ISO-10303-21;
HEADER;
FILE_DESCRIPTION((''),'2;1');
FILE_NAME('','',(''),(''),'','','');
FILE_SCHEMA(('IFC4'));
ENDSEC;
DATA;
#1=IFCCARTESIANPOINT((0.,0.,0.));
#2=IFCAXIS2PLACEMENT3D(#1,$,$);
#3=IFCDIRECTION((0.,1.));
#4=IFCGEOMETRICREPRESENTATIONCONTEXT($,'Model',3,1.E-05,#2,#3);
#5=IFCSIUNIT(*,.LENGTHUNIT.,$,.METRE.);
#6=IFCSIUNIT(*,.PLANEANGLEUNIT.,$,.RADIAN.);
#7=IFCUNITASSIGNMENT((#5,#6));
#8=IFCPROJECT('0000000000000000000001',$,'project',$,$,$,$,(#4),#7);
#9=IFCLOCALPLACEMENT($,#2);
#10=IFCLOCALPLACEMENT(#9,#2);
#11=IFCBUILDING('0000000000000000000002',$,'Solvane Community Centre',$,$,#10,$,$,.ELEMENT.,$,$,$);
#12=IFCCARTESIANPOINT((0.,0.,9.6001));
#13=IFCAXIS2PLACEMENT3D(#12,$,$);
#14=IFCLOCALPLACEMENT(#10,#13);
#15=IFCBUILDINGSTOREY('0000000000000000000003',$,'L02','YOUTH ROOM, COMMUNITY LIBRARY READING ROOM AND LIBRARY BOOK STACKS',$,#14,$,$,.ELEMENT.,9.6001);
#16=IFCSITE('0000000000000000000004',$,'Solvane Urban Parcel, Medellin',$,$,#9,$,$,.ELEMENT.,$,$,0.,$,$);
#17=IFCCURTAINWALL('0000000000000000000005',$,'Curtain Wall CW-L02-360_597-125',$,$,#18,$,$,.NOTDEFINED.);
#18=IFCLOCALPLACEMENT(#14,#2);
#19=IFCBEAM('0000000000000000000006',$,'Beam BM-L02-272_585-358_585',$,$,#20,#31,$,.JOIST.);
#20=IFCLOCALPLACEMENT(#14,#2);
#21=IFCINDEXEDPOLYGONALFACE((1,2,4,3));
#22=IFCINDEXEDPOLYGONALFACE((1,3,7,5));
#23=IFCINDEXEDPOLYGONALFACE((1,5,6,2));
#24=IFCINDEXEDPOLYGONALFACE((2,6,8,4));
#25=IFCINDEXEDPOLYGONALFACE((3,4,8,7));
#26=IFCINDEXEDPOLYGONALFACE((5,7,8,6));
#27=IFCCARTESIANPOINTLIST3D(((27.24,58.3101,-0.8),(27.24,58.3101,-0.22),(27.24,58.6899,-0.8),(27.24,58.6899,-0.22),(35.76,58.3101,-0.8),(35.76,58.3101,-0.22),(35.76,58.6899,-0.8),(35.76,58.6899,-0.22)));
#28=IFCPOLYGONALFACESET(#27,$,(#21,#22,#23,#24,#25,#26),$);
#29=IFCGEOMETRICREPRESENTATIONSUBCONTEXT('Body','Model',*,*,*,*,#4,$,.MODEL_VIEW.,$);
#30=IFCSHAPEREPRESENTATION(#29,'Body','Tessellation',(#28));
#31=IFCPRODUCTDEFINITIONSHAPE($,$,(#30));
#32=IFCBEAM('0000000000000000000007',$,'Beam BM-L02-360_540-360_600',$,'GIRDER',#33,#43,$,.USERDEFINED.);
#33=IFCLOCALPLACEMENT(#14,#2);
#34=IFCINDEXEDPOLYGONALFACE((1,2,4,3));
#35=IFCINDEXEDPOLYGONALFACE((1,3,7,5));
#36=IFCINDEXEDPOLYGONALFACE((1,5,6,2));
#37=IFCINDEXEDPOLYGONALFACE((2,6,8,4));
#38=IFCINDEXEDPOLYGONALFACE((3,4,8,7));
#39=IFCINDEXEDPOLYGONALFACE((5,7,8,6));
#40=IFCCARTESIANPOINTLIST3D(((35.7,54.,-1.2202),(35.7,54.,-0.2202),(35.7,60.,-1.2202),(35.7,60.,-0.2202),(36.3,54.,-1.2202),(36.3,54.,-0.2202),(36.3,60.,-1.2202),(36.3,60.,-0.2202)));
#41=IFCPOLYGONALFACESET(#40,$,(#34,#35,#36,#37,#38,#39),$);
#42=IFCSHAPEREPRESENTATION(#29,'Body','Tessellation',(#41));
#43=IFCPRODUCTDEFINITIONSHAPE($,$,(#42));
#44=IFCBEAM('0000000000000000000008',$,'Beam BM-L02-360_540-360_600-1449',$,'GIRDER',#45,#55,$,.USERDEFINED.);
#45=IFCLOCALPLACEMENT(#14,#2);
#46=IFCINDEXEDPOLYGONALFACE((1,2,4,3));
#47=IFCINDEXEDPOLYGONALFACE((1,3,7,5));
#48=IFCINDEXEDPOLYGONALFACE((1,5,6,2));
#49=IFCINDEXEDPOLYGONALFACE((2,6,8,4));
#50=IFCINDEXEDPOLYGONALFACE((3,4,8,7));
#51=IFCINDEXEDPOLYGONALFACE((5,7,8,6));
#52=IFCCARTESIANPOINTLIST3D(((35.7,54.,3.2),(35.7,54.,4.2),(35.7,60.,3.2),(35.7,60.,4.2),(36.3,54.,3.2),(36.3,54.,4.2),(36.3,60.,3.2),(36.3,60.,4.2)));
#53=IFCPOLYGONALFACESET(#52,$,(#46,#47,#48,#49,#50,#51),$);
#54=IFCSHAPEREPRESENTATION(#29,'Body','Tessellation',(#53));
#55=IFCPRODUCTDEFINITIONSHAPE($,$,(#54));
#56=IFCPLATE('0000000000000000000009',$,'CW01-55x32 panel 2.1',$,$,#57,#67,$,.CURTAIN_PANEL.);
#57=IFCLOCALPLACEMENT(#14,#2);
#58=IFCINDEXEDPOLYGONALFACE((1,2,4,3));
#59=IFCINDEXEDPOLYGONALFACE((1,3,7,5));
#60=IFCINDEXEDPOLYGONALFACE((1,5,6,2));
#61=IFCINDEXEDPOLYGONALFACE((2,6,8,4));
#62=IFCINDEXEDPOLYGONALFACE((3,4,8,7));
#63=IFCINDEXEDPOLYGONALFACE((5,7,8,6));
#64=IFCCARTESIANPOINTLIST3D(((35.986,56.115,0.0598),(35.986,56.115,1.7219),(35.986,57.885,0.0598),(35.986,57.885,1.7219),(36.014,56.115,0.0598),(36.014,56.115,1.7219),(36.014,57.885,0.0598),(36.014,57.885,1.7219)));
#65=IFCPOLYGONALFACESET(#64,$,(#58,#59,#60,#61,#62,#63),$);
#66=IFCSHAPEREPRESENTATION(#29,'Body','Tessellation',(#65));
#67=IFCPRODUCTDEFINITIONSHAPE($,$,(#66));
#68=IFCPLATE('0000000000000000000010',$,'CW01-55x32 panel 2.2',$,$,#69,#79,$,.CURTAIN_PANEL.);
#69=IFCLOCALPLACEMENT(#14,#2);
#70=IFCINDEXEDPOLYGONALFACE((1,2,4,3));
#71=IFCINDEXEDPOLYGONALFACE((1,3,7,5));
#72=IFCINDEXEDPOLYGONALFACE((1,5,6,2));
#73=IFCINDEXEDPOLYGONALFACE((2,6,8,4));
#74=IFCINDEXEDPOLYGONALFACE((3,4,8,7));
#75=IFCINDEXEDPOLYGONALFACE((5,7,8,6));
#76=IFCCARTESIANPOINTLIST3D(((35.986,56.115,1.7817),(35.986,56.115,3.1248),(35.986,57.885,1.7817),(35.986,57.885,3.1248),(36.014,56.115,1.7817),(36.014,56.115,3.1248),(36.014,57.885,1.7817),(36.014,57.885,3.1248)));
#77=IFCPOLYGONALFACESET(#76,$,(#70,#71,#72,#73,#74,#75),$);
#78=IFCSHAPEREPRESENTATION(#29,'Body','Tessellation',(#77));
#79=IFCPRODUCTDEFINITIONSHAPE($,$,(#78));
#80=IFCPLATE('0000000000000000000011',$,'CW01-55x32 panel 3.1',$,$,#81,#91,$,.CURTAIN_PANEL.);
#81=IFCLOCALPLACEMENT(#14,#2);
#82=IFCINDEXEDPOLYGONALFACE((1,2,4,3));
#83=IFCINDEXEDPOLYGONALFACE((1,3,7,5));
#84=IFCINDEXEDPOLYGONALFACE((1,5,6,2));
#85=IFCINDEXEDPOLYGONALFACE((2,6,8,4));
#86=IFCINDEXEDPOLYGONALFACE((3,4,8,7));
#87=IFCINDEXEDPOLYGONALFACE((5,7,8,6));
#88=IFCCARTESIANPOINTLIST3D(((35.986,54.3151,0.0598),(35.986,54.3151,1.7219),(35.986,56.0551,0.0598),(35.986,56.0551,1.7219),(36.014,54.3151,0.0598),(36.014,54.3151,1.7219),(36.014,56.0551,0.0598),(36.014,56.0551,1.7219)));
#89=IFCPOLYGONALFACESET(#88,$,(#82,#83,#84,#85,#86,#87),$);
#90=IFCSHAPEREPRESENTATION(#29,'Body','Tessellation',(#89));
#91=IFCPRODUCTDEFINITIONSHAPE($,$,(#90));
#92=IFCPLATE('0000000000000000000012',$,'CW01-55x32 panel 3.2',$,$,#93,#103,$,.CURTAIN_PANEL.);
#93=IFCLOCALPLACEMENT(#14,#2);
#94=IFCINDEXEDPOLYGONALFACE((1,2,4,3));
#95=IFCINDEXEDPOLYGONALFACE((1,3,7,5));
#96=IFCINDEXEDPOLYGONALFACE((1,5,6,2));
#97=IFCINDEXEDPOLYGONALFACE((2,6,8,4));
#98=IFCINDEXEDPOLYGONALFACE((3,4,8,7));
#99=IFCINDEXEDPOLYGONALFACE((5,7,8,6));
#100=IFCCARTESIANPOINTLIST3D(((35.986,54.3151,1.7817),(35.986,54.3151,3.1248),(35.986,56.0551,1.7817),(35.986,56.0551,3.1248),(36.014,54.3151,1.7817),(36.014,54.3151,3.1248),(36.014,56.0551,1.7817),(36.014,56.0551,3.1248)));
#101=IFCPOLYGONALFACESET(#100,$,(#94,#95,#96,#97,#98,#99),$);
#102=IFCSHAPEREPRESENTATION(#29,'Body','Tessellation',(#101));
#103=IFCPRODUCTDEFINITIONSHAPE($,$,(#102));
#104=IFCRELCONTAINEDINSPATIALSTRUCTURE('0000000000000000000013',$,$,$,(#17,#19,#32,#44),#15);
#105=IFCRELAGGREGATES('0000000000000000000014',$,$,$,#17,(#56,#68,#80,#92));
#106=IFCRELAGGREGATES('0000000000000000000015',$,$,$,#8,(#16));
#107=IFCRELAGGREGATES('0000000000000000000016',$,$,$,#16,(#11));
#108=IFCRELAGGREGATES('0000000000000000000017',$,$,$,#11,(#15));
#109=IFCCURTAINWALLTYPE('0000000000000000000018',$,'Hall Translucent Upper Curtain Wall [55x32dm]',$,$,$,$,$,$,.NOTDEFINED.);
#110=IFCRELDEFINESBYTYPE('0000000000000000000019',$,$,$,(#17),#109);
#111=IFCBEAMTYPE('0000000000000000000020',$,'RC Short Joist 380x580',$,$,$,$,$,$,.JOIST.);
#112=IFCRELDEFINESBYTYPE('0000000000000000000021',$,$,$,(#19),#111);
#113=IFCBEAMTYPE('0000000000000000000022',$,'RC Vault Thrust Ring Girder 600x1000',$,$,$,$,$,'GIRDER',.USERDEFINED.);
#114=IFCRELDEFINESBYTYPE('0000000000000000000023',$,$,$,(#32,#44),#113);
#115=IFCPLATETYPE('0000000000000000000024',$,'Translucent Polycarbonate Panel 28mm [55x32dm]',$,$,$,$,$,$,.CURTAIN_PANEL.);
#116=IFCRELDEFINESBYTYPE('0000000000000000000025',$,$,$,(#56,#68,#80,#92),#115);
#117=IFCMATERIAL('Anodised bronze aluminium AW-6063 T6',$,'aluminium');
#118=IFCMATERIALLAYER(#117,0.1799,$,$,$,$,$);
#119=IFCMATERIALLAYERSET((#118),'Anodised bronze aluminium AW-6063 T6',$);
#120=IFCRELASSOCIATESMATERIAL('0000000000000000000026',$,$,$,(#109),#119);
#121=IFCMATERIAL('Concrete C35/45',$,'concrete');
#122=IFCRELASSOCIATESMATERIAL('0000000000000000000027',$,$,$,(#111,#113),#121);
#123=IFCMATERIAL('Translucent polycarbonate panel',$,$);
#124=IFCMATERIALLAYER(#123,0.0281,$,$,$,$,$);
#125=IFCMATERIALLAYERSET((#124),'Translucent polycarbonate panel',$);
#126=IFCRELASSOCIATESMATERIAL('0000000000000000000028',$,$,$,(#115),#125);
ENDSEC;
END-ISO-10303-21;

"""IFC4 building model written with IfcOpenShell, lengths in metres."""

from ifc_helpers import new_model, si_unit, direction, frame, origin, origin_2d, place, context, subcontext, project, spatial, rectangle, extrude, material, layer, layer_set, material_profile, profile_set, type_object, element, aggregate, save


model = new_model("IFC4")

# Units and contexts
model_context = context("Model", 3, precision=1e-05, world=origin(), true_north=direction((0.0, 1.0)))
body_context = subcontext(model_context, "Body", "Model", "MODEL_VIEW")
ifc_project = project(units=[si_unit("LENGTHUNIT", "METRE"), si_unit("PLANEANGLEUNIT", "RADIAN")], contexts=[model_context])

# Site, building, storey
site_placement = place(None, origin())
site = spatial("IfcSite", under=ifc_project, at=site_placement, Name="Solvane Urban Parcel, Medellin", CompositionType="ELEMENT", RefElevation=0.0)
building_placement = place(site_placement, origin())
building = spatial("IfcBuilding", under=site, at=building_placement, Name="Solvane Community Centre", CompositionType="ELEMENT")
storey_placement = place(building_placement, frame((0.0, 0.0, 9.6001)))
storey = spatial("IfcBuildingStorey", under=building, at=storey_placement, Name="L02", Description="YOUTH ROOM, COMMUNITY LIBRARY READING ROOM AND LIBRARY BOOK STACKS", CompositionType="ELEMENT", Elevation=9.6001)

# Curtain wall
ifc_material_1 = material(Name="Anodised bronze aluminium AW-6063 T6", Category="aluminium")
ifc_layer_1 = layer(ifc_material_1, 0.1799)
ifc_layer_set_1 = layer_set([ifc_layer_1], Name="Anodised bronze aluminium AW-6063 T6")
curtain_wall_type = type_object("IfcCurtainWallType", Name="Hall Translucent Upper Curtain Wall [55x32dm]", PredefinedType="NOTDEFINED", material=ifc_layer_set_1)
curtain_wall_1_placement = place(storey_placement, origin())
curtain_wall_1 = element("IfcCurtainWall", 1, at=curtain_wall_1_placement, inside=storey, type_object=curtain_wall_type, Name="Curtain Wall CW-L02-360_597-125", PredefinedType="NOTDEFINED")

# Beams
ifc_material_2 = material(Name="Concrete C35/45", Category="concrete")
ifc_material_profile_1 = material_profile(ifc_material_2, rectangle(XDim=0.3799, YDim=0.5801, at=origin_2d()), Name="RC 380x580")
ifc_profile_set_1 = profile_set([ifc_material_profile_1], Name="Concrete C35/45")
beam_type_1 = type_object("IfcBeamType", Name="RC Short Joist 380x580", PredefinedType="JOIST", material=ifc_profile_set_1)
for number, where, z_axis, x_axis, name in (
    (2, (27.24, 58.5, -0.51), (1.0, 0.0, 0.0), (0.0, 1.0, 0.0), "Beam BM-L02-272_585-358_585"),
):
    element("IfcBeam", number, at=place(storey_placement, frame(where, z_axis=z_axis, x_axis=x_axis)), inside=storey, type_object=beam_type_1, Name=name, PredefinedType="JOIST", context=body_context, shape_type="SweptSolid", body=[
        extrude(rectangle(XDim=0.3799, YDim=0.5801, at=origin_2d()), origin(), (0.0, 0.0, 1.0), 8.52),
    ])
ifc_material_profile_2 = material_profile(ifc_material_2, rectangle(XDim=0.6001, YDim=1.0, at=origin_2d()), Name="RC 600x1000")
ifc_profile_set_2 = profile_set([ifc_material_profile_2], Name="Concrete C35/45")
beam_type_2 = type_object("IfcBeamType", Name="RC Vault Thrust Ring Girder 600x1000", ElementType="GIRDER", PredefinedType="USERDEFINED", material=ifc_profile_set_2)
for number, where, z_axis, x_axis, name in (
    (3, (36.0, 54.0, -0.7202), (0.0, 1.0, 0.0), (-1.0, 0.0, 0.0), "Beam BM-L02-360_540-360_600"),
    (4, (36.0, 54.0, 3.7), (0.0, 1.0, 0.0), (-1.0, 0.0, 0.0), "Beam BM-L02-360_540-360_600-1449"),
):
    element("IfcBeam", number, at=place(storey_placement, frame(where, z_axis=z_axis, x_axis=x_axis)), inside=storey, type_object=beam_type_2, Name=name, ObjectType="GIRDER", PredefinedType="USERDEFINED", context=body_context, shape_type="SweptSolid", body=[
        extrude(rectangle(XDim=0.6001, YDim=1.0, at=origin_2d()), origin(), (0.0, 0.0, 1.0), 6.0),
    ])

# Plates
ifc_material_3 = material(Name="Translucent polycarbonate panel")
ifc_layer_2 = layer(ifc_material_3, 0.0281)
ifc_layer_set_2 = layer_set([ifc_layer_2], Name="Translucent polycarbonate panel")
plate_type = type_object("IfcPlateType", Name="Translucent Polycarbonate Panel 28mm [55x32dm]", PredefinedType="CURTAIN_PANEL", material=ifc_layer_set_2)
plate_1_placement = place(storey_placement, frame((36.0, 57.0, 0.0598), z_axis=(0.0, 0.0, 1.0), x_axis=(0.0, -1.0, 0.0)))
plate_1 = element("IfcPlate", 5, at=plate_1_placement, type_object=plate_type, Name="CW01-55x32 panel 2.1", PredefinedType="CURTAIN_PANEL", context=body_context, shape_type="SweptSolid", body=[
    extrude(rectangle(XDim=1.77, YDim=0.0281, at=origin_2d()), origin(), (0.0, 0.0, 1.0), 1.6621),
])
plate_2_placement = place(storey_placement, frame((36.0, 57.0, 1.7817), z_axis=(0.0, 0.0, 1.0), x_axis=(0.0, -1.0, 0.0)))
plate_2 = element("IfcPlate", 6, at=plate_2_placement, type_object=plate_type, Name="CW01-55x32 panel 2.2", PredefinedType="CURTAIN_PANEL", context=body_context, shape_type="SweptSolid", body=[
    extrude(rectangle(XDim=1.77, YDim=0.0281, at=origin_2d()), origin(), (0.0, 0.0, 1.0), 1.343),
])
plate_3_placement = place(storey_placement, frame((36.0, 55.1851, 0.0598), z_axis=(0.0, 0.0, 1.0), x_axis=(0.0, -1.0, 0.0)))
plate_3 = element("IfcPlate", 7, at=plate_3_placement, type_object=plate_type, Name="CW01-55x32 panel 3.1", PredefinedType="CURTAIN_PANEL", context=body_context, shape_type="SweptSolid", body=[
    extrude(rectangle(XDim=1.74, YDim=0.0281, at=origin_2d()), origin(), (0.0, 0.0, 1.0), 1.6621),
])
plate_4_placement = place(storey_placement, frame((36.0, 55.1851, 1.7817), z_axis=(0.0, 0.0, 1.0), x_axis=(0.0, -1.0, 0.0)))
plate_4 = element("IfcPlate", 8, at=plate_4_placement, type_object=plate_type, Name="CW01-55x32 panel 3.2", PredefinedType="CURTAIN_PANEL", context=body_context, shape_type="SweptSolid", body=[
    extrude(rectangle(XDim=1.74, YDim=0.0281, at=origin_2d()), origin(), (0.0, 0.0, 1.0), 1.343),
])
aggregate(curtain_wall_1, [plate_1, plate_2, plate_3, plate_4])

save(model, "model.ifc")
